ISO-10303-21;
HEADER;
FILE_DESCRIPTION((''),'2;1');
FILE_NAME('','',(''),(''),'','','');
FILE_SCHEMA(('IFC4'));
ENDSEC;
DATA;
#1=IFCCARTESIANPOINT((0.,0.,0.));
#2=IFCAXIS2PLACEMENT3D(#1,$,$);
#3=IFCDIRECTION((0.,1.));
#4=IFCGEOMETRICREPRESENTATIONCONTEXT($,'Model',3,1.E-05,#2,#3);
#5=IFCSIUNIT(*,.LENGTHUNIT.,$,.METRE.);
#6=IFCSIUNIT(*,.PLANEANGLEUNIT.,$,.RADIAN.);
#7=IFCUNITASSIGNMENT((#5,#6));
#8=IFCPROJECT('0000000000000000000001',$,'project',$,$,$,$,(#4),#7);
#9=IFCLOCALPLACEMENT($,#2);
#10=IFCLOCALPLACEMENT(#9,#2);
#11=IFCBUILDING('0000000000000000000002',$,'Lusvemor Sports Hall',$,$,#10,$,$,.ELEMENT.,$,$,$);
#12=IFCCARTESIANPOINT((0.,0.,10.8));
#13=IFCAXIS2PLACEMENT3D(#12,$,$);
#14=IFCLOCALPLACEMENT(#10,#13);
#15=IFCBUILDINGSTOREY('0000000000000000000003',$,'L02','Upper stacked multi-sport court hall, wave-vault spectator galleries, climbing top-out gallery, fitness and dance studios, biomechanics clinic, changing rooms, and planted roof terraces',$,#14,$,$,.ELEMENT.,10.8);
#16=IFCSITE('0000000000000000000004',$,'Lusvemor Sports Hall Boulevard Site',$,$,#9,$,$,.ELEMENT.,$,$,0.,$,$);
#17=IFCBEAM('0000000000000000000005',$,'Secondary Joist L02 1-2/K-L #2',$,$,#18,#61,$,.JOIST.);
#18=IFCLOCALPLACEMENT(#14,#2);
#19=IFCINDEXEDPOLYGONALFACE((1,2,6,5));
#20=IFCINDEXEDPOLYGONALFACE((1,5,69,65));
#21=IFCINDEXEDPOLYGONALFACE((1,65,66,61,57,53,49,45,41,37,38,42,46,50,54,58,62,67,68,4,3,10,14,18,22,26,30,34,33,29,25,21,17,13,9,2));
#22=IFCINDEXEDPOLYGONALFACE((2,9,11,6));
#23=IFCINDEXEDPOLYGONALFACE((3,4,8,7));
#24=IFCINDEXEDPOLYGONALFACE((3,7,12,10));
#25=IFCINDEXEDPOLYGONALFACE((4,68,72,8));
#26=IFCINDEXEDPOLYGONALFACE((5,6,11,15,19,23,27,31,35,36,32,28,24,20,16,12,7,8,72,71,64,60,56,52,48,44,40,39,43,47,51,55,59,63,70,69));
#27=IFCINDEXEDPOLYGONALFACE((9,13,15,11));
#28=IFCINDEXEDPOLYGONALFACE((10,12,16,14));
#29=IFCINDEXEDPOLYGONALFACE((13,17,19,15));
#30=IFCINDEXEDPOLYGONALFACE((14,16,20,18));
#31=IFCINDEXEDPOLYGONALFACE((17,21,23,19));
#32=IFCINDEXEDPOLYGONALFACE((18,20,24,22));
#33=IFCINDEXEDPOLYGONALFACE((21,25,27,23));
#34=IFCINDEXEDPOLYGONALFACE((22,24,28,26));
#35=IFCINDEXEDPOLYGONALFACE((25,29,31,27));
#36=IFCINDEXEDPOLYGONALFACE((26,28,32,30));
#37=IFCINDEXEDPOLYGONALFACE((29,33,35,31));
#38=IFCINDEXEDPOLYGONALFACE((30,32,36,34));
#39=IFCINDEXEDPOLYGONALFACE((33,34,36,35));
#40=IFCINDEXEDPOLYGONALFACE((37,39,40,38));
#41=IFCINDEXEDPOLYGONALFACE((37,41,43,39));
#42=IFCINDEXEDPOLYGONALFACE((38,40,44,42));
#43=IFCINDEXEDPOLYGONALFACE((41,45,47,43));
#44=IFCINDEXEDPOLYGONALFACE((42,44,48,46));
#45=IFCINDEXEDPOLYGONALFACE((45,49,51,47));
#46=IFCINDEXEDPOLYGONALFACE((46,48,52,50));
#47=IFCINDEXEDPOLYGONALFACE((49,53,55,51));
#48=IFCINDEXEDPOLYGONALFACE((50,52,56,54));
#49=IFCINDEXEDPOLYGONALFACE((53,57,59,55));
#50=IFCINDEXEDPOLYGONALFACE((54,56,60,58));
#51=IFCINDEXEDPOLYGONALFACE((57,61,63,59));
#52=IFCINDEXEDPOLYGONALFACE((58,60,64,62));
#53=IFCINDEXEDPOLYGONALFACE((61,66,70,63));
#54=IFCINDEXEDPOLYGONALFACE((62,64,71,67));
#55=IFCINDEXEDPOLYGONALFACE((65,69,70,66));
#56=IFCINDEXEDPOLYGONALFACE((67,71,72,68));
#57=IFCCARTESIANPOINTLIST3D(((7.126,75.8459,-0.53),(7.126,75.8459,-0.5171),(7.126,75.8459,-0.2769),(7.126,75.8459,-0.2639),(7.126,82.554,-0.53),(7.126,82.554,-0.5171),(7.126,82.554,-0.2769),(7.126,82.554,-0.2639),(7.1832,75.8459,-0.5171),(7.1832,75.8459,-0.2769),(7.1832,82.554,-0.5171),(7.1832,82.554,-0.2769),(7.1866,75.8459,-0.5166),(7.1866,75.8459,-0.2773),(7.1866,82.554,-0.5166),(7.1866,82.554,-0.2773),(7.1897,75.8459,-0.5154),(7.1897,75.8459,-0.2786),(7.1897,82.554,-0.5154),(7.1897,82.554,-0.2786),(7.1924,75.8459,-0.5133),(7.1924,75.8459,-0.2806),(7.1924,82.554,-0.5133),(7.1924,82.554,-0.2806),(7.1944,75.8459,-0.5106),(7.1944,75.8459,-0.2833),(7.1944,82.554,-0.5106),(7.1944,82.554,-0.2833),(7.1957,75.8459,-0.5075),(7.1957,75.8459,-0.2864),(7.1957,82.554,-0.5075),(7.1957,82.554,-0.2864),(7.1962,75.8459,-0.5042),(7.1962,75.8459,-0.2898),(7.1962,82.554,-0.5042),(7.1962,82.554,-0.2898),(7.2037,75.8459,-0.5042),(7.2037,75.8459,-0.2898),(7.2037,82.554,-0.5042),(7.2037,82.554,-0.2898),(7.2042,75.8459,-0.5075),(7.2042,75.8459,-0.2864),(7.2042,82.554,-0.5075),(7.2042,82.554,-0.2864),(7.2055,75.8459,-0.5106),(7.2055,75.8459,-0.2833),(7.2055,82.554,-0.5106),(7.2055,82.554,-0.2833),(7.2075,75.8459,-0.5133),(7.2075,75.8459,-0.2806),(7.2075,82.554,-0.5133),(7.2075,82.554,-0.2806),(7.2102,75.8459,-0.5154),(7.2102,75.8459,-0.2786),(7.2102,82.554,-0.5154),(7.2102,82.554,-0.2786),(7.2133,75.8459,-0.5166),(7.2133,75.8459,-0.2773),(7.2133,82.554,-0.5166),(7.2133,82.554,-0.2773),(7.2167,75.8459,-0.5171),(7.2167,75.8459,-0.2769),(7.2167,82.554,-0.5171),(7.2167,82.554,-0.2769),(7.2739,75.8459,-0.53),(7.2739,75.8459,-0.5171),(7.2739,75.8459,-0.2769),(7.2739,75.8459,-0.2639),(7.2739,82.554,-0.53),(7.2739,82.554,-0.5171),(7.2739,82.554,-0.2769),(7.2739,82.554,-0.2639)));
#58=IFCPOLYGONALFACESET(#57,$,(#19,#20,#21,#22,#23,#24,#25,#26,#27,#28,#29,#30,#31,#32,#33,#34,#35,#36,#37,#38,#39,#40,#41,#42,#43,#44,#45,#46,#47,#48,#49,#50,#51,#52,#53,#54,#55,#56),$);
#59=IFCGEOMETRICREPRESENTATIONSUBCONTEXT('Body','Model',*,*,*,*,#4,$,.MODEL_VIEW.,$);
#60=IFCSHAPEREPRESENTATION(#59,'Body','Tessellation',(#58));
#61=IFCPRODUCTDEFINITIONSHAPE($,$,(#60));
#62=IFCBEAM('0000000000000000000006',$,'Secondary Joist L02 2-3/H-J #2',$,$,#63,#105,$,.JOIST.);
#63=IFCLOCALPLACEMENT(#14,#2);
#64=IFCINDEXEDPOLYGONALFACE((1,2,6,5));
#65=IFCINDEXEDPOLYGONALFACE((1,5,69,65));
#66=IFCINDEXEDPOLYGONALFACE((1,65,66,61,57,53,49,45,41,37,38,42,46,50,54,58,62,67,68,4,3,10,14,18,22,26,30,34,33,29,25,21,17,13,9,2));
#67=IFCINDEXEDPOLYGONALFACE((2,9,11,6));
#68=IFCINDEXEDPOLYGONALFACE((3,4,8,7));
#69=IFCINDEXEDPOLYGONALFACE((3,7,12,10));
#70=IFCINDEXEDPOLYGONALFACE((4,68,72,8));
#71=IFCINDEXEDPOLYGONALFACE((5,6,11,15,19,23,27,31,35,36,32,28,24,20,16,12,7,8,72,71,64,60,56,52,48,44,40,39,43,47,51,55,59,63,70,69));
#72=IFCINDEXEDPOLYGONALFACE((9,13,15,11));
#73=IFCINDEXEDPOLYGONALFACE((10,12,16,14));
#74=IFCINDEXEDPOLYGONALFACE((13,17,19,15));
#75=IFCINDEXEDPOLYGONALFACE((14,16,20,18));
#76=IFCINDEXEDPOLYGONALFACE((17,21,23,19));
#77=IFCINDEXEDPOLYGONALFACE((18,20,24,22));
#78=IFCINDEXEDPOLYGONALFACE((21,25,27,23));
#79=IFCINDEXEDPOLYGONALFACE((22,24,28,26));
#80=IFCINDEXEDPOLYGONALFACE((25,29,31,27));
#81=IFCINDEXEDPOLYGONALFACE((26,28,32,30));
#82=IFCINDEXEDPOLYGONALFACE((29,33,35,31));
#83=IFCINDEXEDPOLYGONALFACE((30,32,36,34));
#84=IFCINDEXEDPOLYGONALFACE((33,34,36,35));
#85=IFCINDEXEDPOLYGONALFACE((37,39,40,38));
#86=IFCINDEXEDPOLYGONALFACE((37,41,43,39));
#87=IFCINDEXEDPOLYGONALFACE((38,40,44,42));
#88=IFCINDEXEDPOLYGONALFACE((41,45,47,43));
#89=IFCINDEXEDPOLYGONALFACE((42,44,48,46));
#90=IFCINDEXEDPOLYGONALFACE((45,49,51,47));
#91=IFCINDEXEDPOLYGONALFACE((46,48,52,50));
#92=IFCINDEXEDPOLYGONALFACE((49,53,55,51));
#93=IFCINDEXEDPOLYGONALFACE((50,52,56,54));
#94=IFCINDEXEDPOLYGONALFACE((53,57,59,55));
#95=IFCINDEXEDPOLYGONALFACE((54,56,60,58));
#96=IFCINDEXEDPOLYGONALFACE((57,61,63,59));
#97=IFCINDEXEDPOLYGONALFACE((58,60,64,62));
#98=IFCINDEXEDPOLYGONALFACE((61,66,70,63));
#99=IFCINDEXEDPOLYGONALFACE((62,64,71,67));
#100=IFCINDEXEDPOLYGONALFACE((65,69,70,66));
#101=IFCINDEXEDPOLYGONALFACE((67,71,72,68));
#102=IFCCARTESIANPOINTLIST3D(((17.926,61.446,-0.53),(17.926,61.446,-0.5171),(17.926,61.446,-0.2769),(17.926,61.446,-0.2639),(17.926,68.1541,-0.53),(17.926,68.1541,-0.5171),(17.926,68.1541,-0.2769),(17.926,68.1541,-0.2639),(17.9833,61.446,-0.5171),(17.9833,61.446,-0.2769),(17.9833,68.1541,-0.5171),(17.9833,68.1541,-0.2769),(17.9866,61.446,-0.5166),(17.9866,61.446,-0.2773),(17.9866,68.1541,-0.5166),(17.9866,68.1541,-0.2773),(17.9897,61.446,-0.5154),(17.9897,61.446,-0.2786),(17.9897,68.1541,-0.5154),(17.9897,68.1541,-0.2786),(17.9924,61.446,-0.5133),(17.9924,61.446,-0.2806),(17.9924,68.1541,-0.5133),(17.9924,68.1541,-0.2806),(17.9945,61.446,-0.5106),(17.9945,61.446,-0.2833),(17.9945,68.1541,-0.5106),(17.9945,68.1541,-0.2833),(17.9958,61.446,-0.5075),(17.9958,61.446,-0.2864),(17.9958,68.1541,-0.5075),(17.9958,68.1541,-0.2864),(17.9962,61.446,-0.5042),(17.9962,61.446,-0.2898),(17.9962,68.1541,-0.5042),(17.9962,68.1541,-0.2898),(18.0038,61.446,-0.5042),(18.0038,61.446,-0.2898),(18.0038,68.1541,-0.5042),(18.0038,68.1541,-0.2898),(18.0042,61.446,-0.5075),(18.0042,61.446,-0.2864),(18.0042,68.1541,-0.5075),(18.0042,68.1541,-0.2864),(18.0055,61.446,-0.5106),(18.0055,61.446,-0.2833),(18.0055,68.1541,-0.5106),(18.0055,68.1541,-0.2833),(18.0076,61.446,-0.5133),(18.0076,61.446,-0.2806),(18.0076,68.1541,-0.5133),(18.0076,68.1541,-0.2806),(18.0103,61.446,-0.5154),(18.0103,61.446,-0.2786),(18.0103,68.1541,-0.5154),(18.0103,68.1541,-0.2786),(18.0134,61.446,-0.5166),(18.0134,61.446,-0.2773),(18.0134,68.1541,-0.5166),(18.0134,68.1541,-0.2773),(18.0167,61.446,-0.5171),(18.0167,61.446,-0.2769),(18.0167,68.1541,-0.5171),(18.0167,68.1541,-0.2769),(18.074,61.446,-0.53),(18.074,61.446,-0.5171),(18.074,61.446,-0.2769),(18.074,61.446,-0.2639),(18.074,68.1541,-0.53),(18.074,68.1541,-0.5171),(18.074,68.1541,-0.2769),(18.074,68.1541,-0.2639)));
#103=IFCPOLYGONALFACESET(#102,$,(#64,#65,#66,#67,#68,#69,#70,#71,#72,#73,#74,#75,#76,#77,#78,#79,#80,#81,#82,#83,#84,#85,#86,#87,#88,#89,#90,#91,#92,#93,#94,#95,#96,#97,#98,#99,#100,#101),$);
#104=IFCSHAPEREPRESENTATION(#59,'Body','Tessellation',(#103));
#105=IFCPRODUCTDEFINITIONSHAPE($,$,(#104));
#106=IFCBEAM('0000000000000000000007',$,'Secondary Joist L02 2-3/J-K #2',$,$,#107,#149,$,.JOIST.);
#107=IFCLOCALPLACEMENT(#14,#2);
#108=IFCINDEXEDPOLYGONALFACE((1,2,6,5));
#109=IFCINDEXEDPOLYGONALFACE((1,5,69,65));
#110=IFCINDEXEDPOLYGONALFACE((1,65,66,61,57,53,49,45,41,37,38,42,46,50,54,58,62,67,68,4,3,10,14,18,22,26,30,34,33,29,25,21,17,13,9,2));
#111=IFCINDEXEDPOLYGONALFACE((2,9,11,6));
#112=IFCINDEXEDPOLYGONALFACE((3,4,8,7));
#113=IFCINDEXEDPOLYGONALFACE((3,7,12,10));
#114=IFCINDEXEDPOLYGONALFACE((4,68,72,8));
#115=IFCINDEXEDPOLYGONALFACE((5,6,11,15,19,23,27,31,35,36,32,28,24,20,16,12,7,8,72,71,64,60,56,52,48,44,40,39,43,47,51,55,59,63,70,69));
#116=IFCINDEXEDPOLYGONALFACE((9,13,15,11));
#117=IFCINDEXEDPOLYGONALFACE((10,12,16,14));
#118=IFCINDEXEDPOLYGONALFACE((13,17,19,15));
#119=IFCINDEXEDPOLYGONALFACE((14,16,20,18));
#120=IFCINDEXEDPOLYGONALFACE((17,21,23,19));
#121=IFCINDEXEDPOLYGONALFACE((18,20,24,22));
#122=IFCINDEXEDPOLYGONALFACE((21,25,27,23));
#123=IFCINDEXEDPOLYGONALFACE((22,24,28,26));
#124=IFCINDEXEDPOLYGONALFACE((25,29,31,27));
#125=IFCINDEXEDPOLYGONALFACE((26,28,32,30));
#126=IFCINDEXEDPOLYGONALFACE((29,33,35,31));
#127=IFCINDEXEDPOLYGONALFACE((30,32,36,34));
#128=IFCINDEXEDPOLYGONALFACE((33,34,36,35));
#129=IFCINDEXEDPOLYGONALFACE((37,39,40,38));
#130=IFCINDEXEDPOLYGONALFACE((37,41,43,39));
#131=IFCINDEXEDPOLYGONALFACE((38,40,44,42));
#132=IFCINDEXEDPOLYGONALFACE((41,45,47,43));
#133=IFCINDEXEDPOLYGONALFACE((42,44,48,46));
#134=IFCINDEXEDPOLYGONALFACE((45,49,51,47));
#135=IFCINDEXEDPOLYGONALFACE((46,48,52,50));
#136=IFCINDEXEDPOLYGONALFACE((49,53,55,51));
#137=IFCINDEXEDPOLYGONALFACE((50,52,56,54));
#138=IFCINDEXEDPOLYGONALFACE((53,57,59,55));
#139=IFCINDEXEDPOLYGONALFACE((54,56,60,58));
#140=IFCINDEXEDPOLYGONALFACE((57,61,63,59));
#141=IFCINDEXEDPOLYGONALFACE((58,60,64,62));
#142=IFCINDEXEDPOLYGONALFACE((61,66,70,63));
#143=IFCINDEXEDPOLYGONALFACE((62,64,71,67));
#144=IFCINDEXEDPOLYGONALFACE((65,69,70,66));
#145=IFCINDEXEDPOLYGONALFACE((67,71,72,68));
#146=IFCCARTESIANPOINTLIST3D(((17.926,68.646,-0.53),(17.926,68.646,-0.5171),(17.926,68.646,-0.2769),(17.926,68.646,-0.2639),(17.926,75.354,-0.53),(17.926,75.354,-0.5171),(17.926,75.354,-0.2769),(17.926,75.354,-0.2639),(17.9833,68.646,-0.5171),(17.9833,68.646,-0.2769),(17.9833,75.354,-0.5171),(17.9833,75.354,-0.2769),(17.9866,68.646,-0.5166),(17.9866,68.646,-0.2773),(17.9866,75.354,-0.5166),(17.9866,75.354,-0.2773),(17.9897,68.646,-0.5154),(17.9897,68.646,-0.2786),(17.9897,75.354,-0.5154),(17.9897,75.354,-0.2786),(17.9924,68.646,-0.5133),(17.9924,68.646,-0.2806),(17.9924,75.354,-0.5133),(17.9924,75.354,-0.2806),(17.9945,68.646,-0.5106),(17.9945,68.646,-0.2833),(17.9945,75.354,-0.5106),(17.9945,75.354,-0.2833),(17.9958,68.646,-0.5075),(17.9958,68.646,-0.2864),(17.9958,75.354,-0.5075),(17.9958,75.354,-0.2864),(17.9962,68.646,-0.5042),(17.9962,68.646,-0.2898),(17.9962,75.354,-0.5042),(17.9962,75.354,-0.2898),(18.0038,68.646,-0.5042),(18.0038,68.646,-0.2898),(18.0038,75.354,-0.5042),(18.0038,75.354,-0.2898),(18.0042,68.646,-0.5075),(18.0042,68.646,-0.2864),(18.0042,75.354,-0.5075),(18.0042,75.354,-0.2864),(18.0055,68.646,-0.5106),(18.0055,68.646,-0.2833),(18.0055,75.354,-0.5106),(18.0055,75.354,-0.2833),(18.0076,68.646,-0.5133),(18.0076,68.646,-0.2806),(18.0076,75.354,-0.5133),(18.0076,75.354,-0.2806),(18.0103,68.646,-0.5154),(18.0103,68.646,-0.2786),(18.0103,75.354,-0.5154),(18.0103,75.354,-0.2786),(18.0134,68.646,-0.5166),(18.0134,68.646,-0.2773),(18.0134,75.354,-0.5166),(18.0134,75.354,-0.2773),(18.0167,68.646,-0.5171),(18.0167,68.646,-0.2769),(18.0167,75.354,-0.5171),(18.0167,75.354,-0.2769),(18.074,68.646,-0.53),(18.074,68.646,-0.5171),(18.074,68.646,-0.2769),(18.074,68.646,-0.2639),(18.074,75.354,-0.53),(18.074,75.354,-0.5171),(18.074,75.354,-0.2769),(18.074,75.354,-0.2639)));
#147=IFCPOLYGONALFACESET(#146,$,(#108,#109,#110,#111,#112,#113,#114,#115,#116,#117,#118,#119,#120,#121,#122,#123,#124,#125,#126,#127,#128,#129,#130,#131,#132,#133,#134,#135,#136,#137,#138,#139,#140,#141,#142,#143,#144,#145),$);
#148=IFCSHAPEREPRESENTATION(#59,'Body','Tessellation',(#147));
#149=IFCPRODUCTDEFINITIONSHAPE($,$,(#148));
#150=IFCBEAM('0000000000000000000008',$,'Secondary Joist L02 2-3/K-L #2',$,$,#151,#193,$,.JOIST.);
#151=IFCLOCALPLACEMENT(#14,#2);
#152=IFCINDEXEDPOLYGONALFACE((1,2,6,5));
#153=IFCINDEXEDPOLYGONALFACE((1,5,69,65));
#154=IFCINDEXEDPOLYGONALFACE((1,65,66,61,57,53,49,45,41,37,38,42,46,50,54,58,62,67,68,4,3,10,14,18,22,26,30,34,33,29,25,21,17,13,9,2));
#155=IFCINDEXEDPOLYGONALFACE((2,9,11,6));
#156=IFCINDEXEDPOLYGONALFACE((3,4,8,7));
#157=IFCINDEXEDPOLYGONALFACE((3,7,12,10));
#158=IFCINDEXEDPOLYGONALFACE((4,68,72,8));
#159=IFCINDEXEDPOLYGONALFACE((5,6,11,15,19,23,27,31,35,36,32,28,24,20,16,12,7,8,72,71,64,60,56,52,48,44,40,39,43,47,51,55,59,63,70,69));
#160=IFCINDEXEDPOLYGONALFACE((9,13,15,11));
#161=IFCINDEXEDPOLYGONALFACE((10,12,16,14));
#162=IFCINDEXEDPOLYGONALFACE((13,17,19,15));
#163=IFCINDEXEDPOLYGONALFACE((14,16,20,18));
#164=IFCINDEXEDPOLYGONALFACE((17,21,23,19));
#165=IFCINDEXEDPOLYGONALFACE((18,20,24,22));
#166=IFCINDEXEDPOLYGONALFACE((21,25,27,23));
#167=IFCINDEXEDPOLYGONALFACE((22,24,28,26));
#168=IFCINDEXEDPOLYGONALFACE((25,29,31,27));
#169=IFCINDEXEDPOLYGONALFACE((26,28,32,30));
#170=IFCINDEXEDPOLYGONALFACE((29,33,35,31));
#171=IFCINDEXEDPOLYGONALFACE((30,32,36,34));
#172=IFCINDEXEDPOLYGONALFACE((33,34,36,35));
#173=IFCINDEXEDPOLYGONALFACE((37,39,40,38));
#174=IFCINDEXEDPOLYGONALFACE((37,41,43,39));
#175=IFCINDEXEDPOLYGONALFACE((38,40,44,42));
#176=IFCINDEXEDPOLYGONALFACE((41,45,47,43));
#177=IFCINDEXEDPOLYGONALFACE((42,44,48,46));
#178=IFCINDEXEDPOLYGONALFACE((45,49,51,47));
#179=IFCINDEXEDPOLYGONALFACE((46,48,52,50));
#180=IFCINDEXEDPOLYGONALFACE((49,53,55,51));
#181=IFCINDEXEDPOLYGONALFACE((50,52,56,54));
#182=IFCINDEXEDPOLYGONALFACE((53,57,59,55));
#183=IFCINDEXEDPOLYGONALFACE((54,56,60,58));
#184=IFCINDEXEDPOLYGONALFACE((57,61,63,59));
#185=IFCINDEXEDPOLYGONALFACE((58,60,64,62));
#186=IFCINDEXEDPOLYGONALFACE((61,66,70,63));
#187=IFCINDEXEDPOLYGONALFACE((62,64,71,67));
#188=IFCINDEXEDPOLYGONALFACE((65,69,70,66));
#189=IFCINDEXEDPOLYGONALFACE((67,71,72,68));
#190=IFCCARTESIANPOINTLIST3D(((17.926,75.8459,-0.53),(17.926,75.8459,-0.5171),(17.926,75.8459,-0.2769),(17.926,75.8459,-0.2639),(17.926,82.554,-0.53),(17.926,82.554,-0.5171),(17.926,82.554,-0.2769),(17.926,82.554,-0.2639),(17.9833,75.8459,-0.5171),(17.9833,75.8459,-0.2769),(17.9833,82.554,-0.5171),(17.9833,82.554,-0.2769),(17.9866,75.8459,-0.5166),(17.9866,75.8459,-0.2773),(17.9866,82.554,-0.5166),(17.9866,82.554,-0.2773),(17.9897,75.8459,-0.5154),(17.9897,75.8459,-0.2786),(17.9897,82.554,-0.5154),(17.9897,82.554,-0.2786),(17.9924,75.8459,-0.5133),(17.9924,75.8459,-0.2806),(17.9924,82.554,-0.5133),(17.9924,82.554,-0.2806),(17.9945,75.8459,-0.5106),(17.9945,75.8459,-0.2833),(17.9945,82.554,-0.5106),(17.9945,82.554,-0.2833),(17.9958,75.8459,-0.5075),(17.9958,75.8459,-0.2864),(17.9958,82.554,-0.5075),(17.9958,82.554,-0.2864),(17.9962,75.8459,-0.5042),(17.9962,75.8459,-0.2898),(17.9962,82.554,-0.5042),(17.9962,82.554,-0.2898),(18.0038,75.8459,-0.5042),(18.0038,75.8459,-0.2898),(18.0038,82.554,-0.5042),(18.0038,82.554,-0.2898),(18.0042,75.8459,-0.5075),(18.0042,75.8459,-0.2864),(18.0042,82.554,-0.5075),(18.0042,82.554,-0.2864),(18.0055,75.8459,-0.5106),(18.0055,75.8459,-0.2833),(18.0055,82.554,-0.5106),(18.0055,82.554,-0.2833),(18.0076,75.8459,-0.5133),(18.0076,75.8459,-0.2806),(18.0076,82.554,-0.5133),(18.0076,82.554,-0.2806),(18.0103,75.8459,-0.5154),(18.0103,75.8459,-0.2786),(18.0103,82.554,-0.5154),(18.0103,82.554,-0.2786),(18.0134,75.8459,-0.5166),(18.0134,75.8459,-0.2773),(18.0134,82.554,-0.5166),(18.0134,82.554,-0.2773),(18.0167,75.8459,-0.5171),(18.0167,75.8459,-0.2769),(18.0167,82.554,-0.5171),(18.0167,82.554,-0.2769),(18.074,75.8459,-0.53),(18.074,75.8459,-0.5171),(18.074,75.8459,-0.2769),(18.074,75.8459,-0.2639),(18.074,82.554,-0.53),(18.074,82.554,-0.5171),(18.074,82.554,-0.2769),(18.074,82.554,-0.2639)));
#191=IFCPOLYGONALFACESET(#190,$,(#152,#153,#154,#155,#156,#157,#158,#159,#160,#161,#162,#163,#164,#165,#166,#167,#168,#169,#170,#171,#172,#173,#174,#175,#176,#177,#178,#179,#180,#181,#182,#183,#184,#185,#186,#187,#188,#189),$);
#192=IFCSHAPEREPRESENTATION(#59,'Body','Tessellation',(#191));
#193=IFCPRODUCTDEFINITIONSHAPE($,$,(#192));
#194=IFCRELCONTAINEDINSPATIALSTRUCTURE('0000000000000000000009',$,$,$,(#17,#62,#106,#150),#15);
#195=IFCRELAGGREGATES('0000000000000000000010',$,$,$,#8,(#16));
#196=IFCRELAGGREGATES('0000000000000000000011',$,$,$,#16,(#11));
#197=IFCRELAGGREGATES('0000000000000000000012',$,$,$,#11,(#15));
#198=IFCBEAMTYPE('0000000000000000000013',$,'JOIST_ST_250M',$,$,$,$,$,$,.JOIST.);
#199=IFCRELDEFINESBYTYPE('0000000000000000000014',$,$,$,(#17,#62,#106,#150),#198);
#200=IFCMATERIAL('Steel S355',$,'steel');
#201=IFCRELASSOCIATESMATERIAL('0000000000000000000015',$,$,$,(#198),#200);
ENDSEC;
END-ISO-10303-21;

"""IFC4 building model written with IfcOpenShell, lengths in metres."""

from ifc_helpers import new_model, si_unit, direction, frame, origin, origin_2d, place, context, subcontext, project, spatial, i_section, extrude, material, material_profile, profile_set, type_object, element, save


model = new_model("IFC4")

# Units and contexts
model_context = context("Model", 3, precision=1e-05, world=origin(), true_north=direction((0.0, 1.0)))
body_context = subcontext(model_context, "Body", "Model", "MODEL_VIEW")
ifc_project = project(units=[si_unit("LENGTHUNIT", "METRE"), si_unit("PLANEANGLEUNIT", "RADIAN")], contexts=[model_context])

# Site, building, storey
site_placement = place(None, origin())
site = spatial("IfcSite", under=ifc_project, at=site_placement, Name="Lusvemor Sports Hall Boulevard Site", CompositionType="ELEMENT", RefElevation=0.0)
building_placement = place(site_placement, origin())
building = spatial("IfcBuilding", under=site, at=building_placement, Name="Lusvemor Sports Hall", CompositionType="ELEMENT")
storey_placement = place(building_placement, frame((0.0, 0.0, 10.8)))
storey = spatial("IfcBuildingStorey", under=building, at=storey_placement, Name="L02", Description="Upper stacked multi-sport court hall, wave-vault spectator galleries, climbing top-out gallery, fitness and dance studios, biomechanics clinic, changing rooms, and planted roof terraces", CompositionType="ELEMENT", Elevation=10.8)

# Beams
ifc_material_1 = material(Name="Steel S355", Category="steel")
ifc_material_profile_1 = material_profile(ifc_material_1, i_section(OverallWidth=0.1479, OverallDepth=0.2661, WebThickness=0.0076, FlangeThickness=0.0129, FilletRadius=0.0129, at=origin_2d()), Name="W250x44.8")
ifc_profile_set_1 = profile_set([ifc_material_profile_1], Name="Steel S355")
beam_type_1 = type_object("IfcBeamType", Name="JOIST_ST_250M", PredefinedType="JOIST", material=ifc_profile_set_1)
for number, where, z_axis, x_axis, name in (
    (1, (7.2, 75.8459, -0.397), (0.0, 1.0, 0.0), (-1.0, 0.0, 0.0), "Secondary Joist L02 1-2/K-L #2"),
    (2, (18.0, 61.446, -0.397), (0.0, 1.0, 0.0), (-1.0, 0.0, 0.0), "Secondary Joist L02 2-3/H-J #2"),
    (3, (18.0, 68.646, -0.397), (0.0, 1.0, 0.0), (-1.0, 0.0, 0.0), "Secondary Joist L02 2-3/J-K #2"),
    (4, (18.0, 75.8459, -0.397), (0.0, 1.0, 0.0), (-1.0, 0.0, 0.0), "Secondary Joist L02 2-3/K-L #2"),
):
    element("IfcBeam", number, at=place(storey_placement, frame(where, z_axis=z_axis, x_axis=x_axis)), inside=storey, type_object=beam_type_1, Name=name, PredefinedType="JOIST", context=body_context, shape_type="SweptSolid", body=[
        extrude(i_section(OverallWidth=0.1479, OverallDepth=0.2661, WebThickness=0.0076, FlangeThickness=0.0129, FilletRadius=0.0129, at=origin_2d()), origin(), (0.0, 0.0, 1.0), 6.708),
    ])

save(model, "model.ifc")
